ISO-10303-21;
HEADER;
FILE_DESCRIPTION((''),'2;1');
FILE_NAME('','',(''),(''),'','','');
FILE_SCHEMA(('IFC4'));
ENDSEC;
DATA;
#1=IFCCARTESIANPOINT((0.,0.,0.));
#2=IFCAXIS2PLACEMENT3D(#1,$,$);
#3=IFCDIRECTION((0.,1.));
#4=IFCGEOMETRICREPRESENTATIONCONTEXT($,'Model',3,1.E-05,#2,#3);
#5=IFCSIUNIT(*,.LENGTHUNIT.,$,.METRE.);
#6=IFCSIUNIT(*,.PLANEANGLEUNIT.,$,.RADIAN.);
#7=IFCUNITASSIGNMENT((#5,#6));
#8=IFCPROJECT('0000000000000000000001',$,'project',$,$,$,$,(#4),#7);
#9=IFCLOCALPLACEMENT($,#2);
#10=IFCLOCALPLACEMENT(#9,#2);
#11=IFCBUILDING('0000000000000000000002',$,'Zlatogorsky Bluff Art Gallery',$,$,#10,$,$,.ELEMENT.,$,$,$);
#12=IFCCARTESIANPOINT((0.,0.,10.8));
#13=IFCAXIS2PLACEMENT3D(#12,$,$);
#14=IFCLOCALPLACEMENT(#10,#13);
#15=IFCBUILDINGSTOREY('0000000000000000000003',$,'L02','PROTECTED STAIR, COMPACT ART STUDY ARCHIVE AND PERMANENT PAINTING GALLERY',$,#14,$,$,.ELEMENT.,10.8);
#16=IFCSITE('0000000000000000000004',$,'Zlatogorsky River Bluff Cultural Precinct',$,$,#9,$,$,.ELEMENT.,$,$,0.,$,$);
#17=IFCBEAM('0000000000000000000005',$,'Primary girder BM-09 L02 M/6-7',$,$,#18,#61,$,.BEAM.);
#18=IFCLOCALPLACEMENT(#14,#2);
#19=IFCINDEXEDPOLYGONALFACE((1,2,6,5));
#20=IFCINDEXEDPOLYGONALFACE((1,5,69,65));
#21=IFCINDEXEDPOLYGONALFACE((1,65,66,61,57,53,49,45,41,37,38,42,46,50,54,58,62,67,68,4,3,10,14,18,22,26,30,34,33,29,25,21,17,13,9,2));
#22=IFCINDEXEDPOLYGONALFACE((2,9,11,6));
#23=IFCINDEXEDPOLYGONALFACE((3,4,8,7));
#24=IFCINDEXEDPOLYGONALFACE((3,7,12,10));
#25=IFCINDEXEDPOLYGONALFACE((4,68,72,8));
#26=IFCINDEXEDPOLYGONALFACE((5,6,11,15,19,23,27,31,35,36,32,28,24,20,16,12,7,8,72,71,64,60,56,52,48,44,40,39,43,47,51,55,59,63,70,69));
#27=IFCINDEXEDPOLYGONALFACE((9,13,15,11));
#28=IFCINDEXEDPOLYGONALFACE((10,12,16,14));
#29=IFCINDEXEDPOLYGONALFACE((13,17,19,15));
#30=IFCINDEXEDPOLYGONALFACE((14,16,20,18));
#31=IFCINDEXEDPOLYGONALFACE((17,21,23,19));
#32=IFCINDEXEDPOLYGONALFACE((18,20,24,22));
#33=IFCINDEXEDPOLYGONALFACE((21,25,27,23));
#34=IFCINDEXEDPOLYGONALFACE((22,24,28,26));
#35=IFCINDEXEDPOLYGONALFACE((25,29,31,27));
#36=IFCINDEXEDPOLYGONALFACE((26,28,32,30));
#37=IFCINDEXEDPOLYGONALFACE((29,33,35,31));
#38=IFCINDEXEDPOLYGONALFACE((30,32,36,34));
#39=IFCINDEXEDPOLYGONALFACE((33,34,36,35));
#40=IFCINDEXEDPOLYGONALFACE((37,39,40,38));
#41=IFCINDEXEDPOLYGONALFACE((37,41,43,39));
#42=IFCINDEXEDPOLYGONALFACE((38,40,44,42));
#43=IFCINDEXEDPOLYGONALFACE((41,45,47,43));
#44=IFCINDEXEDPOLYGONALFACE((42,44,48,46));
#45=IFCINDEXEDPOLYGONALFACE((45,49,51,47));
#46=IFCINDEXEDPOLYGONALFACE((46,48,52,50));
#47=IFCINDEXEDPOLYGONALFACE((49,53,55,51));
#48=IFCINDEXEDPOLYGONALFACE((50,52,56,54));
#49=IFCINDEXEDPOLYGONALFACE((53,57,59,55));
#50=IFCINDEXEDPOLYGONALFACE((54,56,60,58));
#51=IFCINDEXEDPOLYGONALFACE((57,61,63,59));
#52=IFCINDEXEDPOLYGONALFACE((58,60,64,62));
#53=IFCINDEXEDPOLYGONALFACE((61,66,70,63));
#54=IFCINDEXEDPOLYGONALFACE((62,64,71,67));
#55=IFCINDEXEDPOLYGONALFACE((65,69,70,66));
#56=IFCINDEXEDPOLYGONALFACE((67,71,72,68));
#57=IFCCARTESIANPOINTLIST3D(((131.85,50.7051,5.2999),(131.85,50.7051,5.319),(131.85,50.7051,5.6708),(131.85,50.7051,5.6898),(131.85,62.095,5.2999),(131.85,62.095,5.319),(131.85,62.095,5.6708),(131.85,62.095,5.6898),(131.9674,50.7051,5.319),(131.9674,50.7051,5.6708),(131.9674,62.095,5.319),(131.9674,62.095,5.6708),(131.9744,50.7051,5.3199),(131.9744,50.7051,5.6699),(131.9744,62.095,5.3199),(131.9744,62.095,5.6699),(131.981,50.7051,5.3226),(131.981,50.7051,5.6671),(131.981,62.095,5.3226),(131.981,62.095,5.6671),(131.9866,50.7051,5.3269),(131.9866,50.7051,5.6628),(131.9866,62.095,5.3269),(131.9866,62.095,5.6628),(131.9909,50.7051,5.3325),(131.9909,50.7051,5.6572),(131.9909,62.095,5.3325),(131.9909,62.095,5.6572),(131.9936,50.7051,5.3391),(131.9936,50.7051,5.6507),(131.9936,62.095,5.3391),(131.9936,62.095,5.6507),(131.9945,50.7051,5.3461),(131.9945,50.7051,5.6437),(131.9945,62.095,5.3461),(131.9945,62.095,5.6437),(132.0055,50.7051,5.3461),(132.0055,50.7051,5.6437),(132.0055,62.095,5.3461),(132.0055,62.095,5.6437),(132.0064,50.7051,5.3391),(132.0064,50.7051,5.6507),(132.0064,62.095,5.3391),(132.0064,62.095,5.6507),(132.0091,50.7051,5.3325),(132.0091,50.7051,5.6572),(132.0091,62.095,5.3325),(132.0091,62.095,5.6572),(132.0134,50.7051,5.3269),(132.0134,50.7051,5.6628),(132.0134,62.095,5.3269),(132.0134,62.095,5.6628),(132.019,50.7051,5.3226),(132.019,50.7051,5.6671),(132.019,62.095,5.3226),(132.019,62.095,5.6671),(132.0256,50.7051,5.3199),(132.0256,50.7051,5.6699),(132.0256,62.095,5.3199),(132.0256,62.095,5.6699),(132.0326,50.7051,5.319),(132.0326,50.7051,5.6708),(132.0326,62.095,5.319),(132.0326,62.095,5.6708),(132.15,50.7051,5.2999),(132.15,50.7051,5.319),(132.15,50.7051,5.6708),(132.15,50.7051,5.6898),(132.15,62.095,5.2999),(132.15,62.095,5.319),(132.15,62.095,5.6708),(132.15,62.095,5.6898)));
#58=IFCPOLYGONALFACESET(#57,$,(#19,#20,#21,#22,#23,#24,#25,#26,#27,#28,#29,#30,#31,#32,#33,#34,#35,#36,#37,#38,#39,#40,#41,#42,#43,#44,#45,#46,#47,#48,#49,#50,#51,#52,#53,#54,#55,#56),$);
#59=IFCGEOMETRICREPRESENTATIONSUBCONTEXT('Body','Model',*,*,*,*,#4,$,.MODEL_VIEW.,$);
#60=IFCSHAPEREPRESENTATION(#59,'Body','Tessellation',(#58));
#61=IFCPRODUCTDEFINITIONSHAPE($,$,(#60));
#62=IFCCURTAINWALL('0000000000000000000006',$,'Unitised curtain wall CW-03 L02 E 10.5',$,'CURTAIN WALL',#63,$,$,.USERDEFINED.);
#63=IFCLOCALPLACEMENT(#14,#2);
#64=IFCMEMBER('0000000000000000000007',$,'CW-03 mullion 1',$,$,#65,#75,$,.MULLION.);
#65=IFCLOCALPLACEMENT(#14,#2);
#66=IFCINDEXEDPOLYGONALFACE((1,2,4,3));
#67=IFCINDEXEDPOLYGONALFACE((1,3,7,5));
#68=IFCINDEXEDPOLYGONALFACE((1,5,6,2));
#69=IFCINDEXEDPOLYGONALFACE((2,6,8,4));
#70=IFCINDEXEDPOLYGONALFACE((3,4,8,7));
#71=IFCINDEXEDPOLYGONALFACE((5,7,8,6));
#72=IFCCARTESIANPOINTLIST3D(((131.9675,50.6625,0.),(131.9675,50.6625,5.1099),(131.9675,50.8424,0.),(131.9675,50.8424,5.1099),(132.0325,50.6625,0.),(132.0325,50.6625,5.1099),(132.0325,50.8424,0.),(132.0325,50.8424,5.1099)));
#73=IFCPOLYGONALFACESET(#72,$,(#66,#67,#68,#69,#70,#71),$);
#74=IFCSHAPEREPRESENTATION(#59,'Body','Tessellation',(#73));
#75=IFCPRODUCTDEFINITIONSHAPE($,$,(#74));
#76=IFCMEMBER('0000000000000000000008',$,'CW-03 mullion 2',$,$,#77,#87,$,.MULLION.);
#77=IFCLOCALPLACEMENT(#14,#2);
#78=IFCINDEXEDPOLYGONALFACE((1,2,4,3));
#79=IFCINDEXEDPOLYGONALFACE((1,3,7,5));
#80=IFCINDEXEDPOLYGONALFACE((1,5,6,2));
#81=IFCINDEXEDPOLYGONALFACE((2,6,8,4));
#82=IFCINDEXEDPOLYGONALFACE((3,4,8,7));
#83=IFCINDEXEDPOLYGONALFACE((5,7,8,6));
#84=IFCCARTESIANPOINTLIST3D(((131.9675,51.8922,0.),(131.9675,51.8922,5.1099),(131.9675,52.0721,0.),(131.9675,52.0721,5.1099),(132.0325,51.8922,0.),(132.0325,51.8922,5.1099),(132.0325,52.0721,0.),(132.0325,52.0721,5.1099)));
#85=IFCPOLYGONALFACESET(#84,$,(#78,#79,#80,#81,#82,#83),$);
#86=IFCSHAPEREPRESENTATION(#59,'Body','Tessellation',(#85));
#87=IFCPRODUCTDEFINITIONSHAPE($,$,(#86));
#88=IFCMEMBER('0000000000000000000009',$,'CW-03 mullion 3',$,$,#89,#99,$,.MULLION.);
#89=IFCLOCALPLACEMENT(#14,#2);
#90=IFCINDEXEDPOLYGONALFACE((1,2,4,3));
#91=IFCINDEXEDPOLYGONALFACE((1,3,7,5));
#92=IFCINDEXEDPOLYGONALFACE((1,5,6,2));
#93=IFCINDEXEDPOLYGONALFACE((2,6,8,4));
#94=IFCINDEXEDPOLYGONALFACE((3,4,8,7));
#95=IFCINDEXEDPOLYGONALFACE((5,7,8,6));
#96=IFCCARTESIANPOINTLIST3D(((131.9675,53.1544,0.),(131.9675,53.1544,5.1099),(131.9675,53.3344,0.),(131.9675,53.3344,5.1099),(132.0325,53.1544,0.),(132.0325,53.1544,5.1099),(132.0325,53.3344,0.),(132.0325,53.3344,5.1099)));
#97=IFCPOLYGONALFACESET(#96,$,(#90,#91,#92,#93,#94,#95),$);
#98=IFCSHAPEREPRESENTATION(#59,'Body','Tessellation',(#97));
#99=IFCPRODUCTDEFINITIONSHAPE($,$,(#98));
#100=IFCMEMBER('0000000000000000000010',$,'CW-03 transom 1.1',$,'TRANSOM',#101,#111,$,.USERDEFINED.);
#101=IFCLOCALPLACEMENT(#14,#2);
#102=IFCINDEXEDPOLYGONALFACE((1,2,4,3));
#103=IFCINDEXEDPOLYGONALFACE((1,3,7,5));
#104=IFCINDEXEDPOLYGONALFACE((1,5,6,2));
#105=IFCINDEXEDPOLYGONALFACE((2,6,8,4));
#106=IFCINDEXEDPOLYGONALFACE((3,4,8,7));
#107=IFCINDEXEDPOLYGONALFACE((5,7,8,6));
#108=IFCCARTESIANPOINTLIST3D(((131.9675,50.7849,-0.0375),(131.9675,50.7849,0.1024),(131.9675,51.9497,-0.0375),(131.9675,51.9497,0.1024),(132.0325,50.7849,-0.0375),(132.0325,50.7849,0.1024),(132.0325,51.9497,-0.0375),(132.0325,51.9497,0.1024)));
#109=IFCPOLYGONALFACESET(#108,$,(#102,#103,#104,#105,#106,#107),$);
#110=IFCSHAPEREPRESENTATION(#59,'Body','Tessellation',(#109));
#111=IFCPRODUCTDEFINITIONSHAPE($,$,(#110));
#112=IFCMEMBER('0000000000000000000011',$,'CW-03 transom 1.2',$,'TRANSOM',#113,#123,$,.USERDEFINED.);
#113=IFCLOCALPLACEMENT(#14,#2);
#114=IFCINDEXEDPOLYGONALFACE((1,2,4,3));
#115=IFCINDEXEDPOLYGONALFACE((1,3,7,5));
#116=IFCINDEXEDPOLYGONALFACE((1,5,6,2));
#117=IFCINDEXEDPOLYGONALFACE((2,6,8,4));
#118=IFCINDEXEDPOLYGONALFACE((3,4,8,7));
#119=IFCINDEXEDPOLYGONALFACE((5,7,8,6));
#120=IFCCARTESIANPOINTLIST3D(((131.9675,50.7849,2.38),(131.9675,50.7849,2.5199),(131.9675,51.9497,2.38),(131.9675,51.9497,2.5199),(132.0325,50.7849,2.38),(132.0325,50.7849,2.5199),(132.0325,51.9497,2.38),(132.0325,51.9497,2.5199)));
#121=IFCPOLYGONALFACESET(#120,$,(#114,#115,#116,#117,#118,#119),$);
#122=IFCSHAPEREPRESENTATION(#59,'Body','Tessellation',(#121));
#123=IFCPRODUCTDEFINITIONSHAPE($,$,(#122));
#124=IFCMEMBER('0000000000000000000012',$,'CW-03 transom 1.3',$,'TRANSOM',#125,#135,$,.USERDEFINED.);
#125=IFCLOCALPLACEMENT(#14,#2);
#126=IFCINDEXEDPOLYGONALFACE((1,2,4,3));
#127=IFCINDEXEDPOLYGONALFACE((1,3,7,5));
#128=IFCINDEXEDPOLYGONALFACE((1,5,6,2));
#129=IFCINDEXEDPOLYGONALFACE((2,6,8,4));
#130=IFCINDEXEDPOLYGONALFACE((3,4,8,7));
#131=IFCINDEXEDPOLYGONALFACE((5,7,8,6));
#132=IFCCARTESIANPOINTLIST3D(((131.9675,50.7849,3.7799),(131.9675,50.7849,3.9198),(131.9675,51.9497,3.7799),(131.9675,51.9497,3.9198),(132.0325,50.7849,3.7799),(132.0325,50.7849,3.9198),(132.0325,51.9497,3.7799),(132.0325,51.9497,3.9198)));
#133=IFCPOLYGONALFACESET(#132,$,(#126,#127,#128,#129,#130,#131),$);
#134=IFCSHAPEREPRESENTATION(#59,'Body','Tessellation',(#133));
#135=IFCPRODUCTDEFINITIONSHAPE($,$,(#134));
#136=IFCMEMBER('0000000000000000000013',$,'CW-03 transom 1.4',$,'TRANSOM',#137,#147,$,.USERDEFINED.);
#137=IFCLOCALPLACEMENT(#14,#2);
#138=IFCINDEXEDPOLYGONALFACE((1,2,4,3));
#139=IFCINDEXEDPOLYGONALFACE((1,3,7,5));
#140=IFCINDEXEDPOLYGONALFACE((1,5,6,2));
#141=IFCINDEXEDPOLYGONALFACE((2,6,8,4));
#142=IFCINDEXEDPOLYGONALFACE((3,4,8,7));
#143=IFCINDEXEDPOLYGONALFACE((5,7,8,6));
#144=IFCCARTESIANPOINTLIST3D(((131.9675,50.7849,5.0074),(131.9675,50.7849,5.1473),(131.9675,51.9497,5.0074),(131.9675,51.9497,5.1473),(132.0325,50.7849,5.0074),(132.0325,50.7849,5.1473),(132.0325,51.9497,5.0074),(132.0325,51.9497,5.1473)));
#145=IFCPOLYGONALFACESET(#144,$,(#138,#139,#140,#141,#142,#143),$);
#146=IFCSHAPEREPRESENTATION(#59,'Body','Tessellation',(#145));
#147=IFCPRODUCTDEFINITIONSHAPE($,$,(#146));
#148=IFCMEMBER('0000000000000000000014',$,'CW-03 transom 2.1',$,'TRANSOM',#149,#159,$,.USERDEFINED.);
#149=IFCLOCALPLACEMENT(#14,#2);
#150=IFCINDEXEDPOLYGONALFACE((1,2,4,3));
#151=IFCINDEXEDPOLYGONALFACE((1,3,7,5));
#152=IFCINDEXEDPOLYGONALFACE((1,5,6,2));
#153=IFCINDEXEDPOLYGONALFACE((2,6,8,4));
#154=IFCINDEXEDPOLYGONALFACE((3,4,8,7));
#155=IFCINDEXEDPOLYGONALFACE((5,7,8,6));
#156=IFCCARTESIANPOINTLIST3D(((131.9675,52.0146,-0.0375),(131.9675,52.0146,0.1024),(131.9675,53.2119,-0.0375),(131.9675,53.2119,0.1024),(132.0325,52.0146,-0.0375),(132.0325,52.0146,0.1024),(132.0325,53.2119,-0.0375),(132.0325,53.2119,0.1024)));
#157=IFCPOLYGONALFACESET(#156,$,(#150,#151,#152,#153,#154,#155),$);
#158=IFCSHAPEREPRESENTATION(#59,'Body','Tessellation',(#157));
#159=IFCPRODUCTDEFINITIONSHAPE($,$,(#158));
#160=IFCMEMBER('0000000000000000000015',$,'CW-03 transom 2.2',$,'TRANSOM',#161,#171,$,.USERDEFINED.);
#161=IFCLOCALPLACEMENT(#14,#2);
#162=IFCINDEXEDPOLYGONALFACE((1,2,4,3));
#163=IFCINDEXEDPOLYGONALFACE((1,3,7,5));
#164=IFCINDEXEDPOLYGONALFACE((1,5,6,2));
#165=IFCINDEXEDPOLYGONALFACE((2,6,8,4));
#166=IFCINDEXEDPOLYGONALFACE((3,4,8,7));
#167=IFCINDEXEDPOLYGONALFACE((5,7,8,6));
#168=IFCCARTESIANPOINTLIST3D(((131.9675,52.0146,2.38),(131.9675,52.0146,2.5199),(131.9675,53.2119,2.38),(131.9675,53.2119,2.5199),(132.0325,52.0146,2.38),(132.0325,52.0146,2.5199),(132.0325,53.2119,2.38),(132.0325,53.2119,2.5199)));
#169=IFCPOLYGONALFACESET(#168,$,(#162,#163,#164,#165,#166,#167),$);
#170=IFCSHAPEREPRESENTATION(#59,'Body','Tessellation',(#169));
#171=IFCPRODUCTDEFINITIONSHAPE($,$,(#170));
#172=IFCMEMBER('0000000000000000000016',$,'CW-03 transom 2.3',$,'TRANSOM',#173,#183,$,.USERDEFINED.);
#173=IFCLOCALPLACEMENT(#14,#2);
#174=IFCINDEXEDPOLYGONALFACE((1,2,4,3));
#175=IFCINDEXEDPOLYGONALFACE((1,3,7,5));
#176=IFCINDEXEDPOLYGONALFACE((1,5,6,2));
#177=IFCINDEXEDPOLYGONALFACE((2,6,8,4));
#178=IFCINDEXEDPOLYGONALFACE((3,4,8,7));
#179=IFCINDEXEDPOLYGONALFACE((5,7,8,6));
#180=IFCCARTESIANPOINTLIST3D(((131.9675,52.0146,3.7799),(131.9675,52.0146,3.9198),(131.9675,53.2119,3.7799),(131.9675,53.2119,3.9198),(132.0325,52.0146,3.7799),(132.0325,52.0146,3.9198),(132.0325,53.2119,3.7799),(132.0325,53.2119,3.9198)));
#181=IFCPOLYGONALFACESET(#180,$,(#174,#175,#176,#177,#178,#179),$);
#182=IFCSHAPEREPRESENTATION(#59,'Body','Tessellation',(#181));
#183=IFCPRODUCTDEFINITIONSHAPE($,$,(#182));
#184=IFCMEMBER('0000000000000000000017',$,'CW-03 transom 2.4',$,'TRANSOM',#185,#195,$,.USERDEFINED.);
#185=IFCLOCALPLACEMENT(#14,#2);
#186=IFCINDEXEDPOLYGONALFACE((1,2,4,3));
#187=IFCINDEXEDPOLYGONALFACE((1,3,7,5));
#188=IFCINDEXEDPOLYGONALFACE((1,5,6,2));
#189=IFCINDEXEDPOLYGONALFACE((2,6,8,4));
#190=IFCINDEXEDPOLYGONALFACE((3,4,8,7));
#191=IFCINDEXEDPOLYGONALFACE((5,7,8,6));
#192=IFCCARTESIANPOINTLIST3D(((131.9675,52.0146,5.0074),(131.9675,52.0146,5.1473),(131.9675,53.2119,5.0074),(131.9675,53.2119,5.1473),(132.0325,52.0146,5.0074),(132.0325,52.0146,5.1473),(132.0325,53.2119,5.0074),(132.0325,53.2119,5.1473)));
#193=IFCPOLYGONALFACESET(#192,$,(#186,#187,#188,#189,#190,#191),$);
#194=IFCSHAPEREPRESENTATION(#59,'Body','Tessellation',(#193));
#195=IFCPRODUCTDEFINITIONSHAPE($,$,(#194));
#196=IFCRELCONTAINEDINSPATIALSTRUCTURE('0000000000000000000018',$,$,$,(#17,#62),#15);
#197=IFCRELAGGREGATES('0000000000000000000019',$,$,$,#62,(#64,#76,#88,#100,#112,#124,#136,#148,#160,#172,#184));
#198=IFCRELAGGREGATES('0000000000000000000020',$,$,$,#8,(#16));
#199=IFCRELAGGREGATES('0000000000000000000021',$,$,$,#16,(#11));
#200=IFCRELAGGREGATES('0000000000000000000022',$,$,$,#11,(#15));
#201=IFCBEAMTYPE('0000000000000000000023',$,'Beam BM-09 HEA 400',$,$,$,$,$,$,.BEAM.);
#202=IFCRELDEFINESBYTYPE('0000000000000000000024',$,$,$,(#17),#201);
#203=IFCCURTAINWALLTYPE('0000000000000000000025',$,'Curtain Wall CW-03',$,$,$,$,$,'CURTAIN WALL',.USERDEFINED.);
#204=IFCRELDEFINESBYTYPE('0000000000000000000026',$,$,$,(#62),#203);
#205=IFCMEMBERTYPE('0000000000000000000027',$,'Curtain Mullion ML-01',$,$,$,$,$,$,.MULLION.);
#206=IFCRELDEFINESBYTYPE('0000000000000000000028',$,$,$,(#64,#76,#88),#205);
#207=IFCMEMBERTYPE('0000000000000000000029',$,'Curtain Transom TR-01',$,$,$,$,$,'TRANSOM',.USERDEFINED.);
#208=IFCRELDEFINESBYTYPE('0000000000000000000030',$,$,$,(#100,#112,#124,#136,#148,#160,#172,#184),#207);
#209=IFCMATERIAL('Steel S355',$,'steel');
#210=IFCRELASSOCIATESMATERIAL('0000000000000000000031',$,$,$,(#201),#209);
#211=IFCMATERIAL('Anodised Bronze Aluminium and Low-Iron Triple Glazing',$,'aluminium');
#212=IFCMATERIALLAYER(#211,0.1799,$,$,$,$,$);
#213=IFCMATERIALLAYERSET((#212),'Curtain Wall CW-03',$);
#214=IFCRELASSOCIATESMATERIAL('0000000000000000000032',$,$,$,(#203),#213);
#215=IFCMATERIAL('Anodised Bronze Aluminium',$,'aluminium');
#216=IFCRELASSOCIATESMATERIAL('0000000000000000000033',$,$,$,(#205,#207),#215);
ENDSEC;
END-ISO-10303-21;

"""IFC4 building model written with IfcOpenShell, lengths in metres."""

from ifc_helpers import new_model, si_unit, direction, frame, origin, origin_2d, place, context, subcontext, project, spatial, rectangle, i_section, extrude, material, layer, layer_set, material_profile, profile_set, type_object, element, aggregate, save


model = new_model("IFC4")

# Units and contexts
model_context = context("Model", 3, precision=1e-05, world=origin(), true_north=direction((0.0, 1.0)))
body_context = subcontext(model_context, "Body", "Model", "MODEL_VIEW")
ifc_project = project(units=[si_unit("LENGTHUNIT", "METRE"), si_unit("PLANEANGLEUNIT", "RADIAN")], contexts=[model_context])

# Site, building, storey
site_placement = place(None, origin())
site = spatial("IfcSite", under=ifc_project, at=site_placement, Name="Zlatogorsky River Bluff Cultural Precinct", CompositionType="ELEMENT", RefElevation=0.0)
building_placement = place(site_placement, origin())
building = spatial("IfcBuilding", under=site, at=building_placement, Name="Zlatogorsky Bluff Art Gallery", CompositionType="ELEMENT")
storey_placement = place(building_placement, frame((0.0, 0.0, 10.8)))
storey = spatial("IfcBuildingStorey", under=building, at=storey_placement, Name="L02", Description="PROTECTED STAIR, COMPACT ART STUDY ARCHIVE AND PERMANENT PAINTING GALLERY", CompositionType="ELEMENT", Elevation=10.8)

# Beam
ifc_material_1 = material(Name="Steel S355", Category="steel")
ifc_material_profile_1 = material_profile(ifc_material_1, i_section(OverallWidth=0.3, OverallDepth=0.3899, WebThickness=0.011, FlangeThickness=0.019, FilletRadius=0.0271, at=origin_2d()), Name="HEA 400")
ifc_profile_set_1 = profile_set([ifc_material_profile_1], Name="Steel S355")
beam_type = type_object("IfcBeamType", Name="Beam BM-09 HEA 400", PredefinedType="BEAM", material=ifc_profile_set_1)
beam_placement = place(storey_placement, frame((132.0, 50.7051, 5.4949), z_axis=(0.0, 1.0, 0.0), x_axis=(-1.0, 0.0, 0.0)))
element("IfcBeam", 1, at=beam_placement, inside=storey, type_object=beam_type, Name="Primary girder BM-09 L02 M/6-7", PredefinedType="BEAM", context=body_context, shape_type="SweptSolid", body=[
    extrude(i_section(OverallWidth=0.3, OverallDepth=0.3899, WebThickness=0.011, FlangeThickness=0.019, FilletRadius=0.0271, at=origin_2d()), origin(), (0.0, 0.0, 1.0), 11.3899),
])

# Curtain wall, members
ifc_material_2 = material(Name="Anodised Bronze Aluminium and Low-Iron Triple Glazing", Category="aluminium")
ifc_layer_1 = layer(ifc_material_2, 0.1799)
ifc_layer_set_1 = layer_set([ifc_layer_1], Name="Curtain Wall CW-03")
curtain_wall_type = type_object("IfcCurtainWallType", Name="Curtain Wall CW-03", ElementType="CURTAIN WALL", PredefinedType="USERDEFINED", material=ifc_layer_set_1)
curtain_wall_placement = place(storey_placement, origin())
curtain_wall = element("IfcCurtainWall", 2, at=curtain_wall_placement, inside=storey, type_object=curtain_wall_type, Name="Unitised curtain wall CW-03 L02 E 10.5", ObjectType="CURTAIN WALL", PredefinedType="USERDEFINED")
ifc_material_3 = material(Name="Anodised Bronze Aluminium", Category="aluminium")
ifc_material_profile_2 = material_profile(ifc_material_3, rectangle(XDim=0.0649, YDim=0.1799, at=origin_2d()), Name="ALU MULLION 65x180")
ifc_profile_set_2 = profile_set([ifc_material_profile_2], Name="Anodised Bronze Aluminium")
member_type_1 = type_object("IfcMemberType", Name="Curtain Mullion ML-01", PredefinedType="MULLION", material=ifc_profile_set_2)
member_1_placement = place(storey_placement, frame((132.0, 50.7524, 0.0), z_axis=(0.0, 0.0, 1.0), x_axis=(-1.0, 0.0, 0.0)))
member_1 = element("IfcMember", 3, at=member_1_placement, type_object=member_type_1, Name="CW-03 mullion 1", PredefinedType="MULLION", context=body_context, shape_type="SweptSolid", body=[
    extrude(rectangle(XDim=0.0649, YDim=0.1799, at=origin_2d()), origin(), (0.0, 0.0, 1.0), 5.1099),
])
member_2_placement = place(storey_placement, frame((132.0, 51.9822, 0.0), z_axis=(0.0, 0.0, 1.0), x_axis=(-1.0, 0.0, 0.0)))
member_2 = element("IfcMember", 4, at=member_2_placement, type_object=member_type_1, Name="CW-03 mullion 2", PredefinedType="MULLION", context=body_context, shape_type="SweptSolid", body=[
    extrude(rectangle(XDim=0.0649, YDim=0.1799, at=origin_2d()), origin(), (0.0, 0.0, 1.0), 5.1099),
])
member_3_placement = place(storey_placement, frame((132.0, 53.2444, 0.0), z_axis=(0.0, 0.0, 1.0), x_axis=(-1.0, 0.0, 0.0)))
member_3 = element("IfcMember", 5, at=member_3_placement, type_object=member_type_1, Name="CW-03 mullion 3", PredefinedType="MULLION", context=body_context, shape_type="SweptSolid", body=[
    extrude(rectangle(XDim=0.0649, YDim=0.1799, at=origin_2d()), origin(), (0.0, 0.0, 1.0), 5.1099),
])
ifc_material_profile_3 = material_profile(ifc_material_3, rectangle(XDim=0.0649, YDim=0.1399, at=origin_2d()), Name="ALU TRANSOM 65x140")
ifc_profile_set_3 = profile_set([ifc_material_profile_3], Name="Anodised Bronze Aluminium")
member_type_2 = type_object("IfcMemberType", Name="Curtain Transom TR-01", ElementType="TRANSOM", PredefinedType="USERDEFINED", material=ifc_profile_set_3)
member_4_placement = place(storey_placement, frame((132.0, 50.7849, 0.0325), z_axis=(0.0, 1.0, 0.0), x_axis=(-1.0, 0.0, 0.0)))
member_4 = element("IfcMember", 6, at=member_4_placement, type_object=member_type_2, Name="CW-03 transom 1.1", ObjectType="TRANSOM", PredefinedType="USERDEFINED", context=body_context, shape_type="SweptSolid", body=[
    extrude(rectangle(XDim=0.0649, YDim=0.1399, at=origin_2d()), origin(), (0.0, 0.0, 1.0), 1.1648),
])
member_5_placement = place(storey_placement, frame((132.0, 50.7849, 2.45), z_axis=(0.0, 1.0, 0.0), x_axis=(-1.0, 0.0, 0.0)))
member_5 = element("IfcMember", 7, at=member_5_placement, type_object=member_type_2, Name="CW-03 transom 1.2", ObjectType="TRANSOM", PredefinedType="USERDEFINED", context=body_context, shape_type="SweptSolid", body=[
    extrude(rectangle(XDim=0.0649, YDim=0.1399, at=origin_2d()), origin(), (0.0, 0.0, 1.0), 1.1648),
])
member_6_placement = place(storey_placement, frame((132.0, 50.7849, 3.8499), z_axis=(0.0, 1.0, 0.0), x_axis=(-1.0, 0.0, 0.0)))
member_6 = element("IfcMember", 8, at=member_6_placement, type_object=member_type_2, Name="CW-03 transom 1.3", ObjectType="TRANSOM", PredefinedType="USERDEFINED", context=body_context, shape_type="SweptSolid", body=[
    extrude(rectangle(XDim=0.0649, YDim=0.1399, at=origin_2d()), origin(), (0.0, 0.0, 1.0), 1.1648),
])
member_7_placement = place(storey_placement, frame((132.0, 50.7849, 5.0774), z_axis=(0.0, 1.0, 0.0), x_axis=(-1.0, 0.0, 0.0)))
member_7 = element("IfcMember", 9, at=member_7_placement, type_object=member_type_2, Name="CW-03 transom 1.4", ObjectType="TRANSOM", PredefinedType="USERDEFINED", context=body_context, shape_type="SweptSolid", body=[
    extrude(rectangle(XDim=0.0649, YDim=0.1399, at=origin_2d()), origin(), (0.0, 0.0, 1.0), 1.1648),
])
member_8_placement = place(storey_placement, frame((132.0, 52.0146, 0.0325), z_axis=(0.0, 1.0, 0.0), x_axis=(-1.0, 0.0, 0.0)))
member_8 = element("IfcMember", 10, at=member_8_placement, type_object=member_type_2, Name="CW-03 transom 2.1", ObjectType="TRANSOM", PredefinedType="USERDEFINED", context=body_context, shape_type="SweptSolid", body=[
    extrude(rectangle(XDim=0.0649, YDim=0.1399, at=origin_2d()), origin(), (0.0, 0.0, 1.0), 1.1973),
])
member_9_placement = place(storey_placement, frame((132.0, 52.0146, 2.45), z_axis=(0.0, 1.0, 0.0), x_axis=(-1.0, 0.0, 0.0)))
member_9 = element("IfcMember", 11, at=member_9_placement, type_object=member_type_2, Name="CW-03 transom 2.2", ObjectType="TRANSOM", PredefinedType="USERDEFINED", context=body_context, shape_type="SweptSolid", body=[
    extrude(rectangle(XDim=0.0649, YDim=0.1399, at=origin_2d()), origin(), (0.0, 0.0, 1.0), 1.1973),
])
member_10_placement = place(storey_placement, frame((132.0, 52.0146, 3.8499), z_axis=(0.0, 1.0, 0.0), x_axis=(-1.0, 0.0, 0.0)))
member_10 = element("IfcMember", 12, at=member_10_placement, type_object=member_type_2, Name="CW-03 transom 2.3", ObjectType="TRANSOM", PredefinedType="USERDEFINED", context=body_context, shape_type="SweptSolid", body=[
    extrude(rectangle(XDim=0.0649, YDim=0.1399, at=origin_2d()), origin(), (0.0, 0.0, 1.0), 1.1973),
])
member_11_placement = place(storey_placement, frame((132.0, 52.0146, 5.0774), z_axis=(0.0, 1.0, 0.0), x_axis=(-1.0, 0.0, 0.0)))
member_11 = element("IfcMember", 13, at=member_11_placement, type_object=member_type_2, Name="CW-03 transom 2.4", ObjectType="TRANSOM", PredefinedType="USERDEFINED", context=body_context, shape_type="SweptSolid", body=[
    extrude(rectangle(XDim=0.0649, YDim=0.1399, at=origin_2d()), origin(), (0.0, 0.0, 1.0), 1.1973),
])
aggregate(curtain_wall, [member_1, member_2, member_3, member_4, member_5, member_6, member_7, member_8, member_9, member_10, member_11])

save(model, "model.ifc")
